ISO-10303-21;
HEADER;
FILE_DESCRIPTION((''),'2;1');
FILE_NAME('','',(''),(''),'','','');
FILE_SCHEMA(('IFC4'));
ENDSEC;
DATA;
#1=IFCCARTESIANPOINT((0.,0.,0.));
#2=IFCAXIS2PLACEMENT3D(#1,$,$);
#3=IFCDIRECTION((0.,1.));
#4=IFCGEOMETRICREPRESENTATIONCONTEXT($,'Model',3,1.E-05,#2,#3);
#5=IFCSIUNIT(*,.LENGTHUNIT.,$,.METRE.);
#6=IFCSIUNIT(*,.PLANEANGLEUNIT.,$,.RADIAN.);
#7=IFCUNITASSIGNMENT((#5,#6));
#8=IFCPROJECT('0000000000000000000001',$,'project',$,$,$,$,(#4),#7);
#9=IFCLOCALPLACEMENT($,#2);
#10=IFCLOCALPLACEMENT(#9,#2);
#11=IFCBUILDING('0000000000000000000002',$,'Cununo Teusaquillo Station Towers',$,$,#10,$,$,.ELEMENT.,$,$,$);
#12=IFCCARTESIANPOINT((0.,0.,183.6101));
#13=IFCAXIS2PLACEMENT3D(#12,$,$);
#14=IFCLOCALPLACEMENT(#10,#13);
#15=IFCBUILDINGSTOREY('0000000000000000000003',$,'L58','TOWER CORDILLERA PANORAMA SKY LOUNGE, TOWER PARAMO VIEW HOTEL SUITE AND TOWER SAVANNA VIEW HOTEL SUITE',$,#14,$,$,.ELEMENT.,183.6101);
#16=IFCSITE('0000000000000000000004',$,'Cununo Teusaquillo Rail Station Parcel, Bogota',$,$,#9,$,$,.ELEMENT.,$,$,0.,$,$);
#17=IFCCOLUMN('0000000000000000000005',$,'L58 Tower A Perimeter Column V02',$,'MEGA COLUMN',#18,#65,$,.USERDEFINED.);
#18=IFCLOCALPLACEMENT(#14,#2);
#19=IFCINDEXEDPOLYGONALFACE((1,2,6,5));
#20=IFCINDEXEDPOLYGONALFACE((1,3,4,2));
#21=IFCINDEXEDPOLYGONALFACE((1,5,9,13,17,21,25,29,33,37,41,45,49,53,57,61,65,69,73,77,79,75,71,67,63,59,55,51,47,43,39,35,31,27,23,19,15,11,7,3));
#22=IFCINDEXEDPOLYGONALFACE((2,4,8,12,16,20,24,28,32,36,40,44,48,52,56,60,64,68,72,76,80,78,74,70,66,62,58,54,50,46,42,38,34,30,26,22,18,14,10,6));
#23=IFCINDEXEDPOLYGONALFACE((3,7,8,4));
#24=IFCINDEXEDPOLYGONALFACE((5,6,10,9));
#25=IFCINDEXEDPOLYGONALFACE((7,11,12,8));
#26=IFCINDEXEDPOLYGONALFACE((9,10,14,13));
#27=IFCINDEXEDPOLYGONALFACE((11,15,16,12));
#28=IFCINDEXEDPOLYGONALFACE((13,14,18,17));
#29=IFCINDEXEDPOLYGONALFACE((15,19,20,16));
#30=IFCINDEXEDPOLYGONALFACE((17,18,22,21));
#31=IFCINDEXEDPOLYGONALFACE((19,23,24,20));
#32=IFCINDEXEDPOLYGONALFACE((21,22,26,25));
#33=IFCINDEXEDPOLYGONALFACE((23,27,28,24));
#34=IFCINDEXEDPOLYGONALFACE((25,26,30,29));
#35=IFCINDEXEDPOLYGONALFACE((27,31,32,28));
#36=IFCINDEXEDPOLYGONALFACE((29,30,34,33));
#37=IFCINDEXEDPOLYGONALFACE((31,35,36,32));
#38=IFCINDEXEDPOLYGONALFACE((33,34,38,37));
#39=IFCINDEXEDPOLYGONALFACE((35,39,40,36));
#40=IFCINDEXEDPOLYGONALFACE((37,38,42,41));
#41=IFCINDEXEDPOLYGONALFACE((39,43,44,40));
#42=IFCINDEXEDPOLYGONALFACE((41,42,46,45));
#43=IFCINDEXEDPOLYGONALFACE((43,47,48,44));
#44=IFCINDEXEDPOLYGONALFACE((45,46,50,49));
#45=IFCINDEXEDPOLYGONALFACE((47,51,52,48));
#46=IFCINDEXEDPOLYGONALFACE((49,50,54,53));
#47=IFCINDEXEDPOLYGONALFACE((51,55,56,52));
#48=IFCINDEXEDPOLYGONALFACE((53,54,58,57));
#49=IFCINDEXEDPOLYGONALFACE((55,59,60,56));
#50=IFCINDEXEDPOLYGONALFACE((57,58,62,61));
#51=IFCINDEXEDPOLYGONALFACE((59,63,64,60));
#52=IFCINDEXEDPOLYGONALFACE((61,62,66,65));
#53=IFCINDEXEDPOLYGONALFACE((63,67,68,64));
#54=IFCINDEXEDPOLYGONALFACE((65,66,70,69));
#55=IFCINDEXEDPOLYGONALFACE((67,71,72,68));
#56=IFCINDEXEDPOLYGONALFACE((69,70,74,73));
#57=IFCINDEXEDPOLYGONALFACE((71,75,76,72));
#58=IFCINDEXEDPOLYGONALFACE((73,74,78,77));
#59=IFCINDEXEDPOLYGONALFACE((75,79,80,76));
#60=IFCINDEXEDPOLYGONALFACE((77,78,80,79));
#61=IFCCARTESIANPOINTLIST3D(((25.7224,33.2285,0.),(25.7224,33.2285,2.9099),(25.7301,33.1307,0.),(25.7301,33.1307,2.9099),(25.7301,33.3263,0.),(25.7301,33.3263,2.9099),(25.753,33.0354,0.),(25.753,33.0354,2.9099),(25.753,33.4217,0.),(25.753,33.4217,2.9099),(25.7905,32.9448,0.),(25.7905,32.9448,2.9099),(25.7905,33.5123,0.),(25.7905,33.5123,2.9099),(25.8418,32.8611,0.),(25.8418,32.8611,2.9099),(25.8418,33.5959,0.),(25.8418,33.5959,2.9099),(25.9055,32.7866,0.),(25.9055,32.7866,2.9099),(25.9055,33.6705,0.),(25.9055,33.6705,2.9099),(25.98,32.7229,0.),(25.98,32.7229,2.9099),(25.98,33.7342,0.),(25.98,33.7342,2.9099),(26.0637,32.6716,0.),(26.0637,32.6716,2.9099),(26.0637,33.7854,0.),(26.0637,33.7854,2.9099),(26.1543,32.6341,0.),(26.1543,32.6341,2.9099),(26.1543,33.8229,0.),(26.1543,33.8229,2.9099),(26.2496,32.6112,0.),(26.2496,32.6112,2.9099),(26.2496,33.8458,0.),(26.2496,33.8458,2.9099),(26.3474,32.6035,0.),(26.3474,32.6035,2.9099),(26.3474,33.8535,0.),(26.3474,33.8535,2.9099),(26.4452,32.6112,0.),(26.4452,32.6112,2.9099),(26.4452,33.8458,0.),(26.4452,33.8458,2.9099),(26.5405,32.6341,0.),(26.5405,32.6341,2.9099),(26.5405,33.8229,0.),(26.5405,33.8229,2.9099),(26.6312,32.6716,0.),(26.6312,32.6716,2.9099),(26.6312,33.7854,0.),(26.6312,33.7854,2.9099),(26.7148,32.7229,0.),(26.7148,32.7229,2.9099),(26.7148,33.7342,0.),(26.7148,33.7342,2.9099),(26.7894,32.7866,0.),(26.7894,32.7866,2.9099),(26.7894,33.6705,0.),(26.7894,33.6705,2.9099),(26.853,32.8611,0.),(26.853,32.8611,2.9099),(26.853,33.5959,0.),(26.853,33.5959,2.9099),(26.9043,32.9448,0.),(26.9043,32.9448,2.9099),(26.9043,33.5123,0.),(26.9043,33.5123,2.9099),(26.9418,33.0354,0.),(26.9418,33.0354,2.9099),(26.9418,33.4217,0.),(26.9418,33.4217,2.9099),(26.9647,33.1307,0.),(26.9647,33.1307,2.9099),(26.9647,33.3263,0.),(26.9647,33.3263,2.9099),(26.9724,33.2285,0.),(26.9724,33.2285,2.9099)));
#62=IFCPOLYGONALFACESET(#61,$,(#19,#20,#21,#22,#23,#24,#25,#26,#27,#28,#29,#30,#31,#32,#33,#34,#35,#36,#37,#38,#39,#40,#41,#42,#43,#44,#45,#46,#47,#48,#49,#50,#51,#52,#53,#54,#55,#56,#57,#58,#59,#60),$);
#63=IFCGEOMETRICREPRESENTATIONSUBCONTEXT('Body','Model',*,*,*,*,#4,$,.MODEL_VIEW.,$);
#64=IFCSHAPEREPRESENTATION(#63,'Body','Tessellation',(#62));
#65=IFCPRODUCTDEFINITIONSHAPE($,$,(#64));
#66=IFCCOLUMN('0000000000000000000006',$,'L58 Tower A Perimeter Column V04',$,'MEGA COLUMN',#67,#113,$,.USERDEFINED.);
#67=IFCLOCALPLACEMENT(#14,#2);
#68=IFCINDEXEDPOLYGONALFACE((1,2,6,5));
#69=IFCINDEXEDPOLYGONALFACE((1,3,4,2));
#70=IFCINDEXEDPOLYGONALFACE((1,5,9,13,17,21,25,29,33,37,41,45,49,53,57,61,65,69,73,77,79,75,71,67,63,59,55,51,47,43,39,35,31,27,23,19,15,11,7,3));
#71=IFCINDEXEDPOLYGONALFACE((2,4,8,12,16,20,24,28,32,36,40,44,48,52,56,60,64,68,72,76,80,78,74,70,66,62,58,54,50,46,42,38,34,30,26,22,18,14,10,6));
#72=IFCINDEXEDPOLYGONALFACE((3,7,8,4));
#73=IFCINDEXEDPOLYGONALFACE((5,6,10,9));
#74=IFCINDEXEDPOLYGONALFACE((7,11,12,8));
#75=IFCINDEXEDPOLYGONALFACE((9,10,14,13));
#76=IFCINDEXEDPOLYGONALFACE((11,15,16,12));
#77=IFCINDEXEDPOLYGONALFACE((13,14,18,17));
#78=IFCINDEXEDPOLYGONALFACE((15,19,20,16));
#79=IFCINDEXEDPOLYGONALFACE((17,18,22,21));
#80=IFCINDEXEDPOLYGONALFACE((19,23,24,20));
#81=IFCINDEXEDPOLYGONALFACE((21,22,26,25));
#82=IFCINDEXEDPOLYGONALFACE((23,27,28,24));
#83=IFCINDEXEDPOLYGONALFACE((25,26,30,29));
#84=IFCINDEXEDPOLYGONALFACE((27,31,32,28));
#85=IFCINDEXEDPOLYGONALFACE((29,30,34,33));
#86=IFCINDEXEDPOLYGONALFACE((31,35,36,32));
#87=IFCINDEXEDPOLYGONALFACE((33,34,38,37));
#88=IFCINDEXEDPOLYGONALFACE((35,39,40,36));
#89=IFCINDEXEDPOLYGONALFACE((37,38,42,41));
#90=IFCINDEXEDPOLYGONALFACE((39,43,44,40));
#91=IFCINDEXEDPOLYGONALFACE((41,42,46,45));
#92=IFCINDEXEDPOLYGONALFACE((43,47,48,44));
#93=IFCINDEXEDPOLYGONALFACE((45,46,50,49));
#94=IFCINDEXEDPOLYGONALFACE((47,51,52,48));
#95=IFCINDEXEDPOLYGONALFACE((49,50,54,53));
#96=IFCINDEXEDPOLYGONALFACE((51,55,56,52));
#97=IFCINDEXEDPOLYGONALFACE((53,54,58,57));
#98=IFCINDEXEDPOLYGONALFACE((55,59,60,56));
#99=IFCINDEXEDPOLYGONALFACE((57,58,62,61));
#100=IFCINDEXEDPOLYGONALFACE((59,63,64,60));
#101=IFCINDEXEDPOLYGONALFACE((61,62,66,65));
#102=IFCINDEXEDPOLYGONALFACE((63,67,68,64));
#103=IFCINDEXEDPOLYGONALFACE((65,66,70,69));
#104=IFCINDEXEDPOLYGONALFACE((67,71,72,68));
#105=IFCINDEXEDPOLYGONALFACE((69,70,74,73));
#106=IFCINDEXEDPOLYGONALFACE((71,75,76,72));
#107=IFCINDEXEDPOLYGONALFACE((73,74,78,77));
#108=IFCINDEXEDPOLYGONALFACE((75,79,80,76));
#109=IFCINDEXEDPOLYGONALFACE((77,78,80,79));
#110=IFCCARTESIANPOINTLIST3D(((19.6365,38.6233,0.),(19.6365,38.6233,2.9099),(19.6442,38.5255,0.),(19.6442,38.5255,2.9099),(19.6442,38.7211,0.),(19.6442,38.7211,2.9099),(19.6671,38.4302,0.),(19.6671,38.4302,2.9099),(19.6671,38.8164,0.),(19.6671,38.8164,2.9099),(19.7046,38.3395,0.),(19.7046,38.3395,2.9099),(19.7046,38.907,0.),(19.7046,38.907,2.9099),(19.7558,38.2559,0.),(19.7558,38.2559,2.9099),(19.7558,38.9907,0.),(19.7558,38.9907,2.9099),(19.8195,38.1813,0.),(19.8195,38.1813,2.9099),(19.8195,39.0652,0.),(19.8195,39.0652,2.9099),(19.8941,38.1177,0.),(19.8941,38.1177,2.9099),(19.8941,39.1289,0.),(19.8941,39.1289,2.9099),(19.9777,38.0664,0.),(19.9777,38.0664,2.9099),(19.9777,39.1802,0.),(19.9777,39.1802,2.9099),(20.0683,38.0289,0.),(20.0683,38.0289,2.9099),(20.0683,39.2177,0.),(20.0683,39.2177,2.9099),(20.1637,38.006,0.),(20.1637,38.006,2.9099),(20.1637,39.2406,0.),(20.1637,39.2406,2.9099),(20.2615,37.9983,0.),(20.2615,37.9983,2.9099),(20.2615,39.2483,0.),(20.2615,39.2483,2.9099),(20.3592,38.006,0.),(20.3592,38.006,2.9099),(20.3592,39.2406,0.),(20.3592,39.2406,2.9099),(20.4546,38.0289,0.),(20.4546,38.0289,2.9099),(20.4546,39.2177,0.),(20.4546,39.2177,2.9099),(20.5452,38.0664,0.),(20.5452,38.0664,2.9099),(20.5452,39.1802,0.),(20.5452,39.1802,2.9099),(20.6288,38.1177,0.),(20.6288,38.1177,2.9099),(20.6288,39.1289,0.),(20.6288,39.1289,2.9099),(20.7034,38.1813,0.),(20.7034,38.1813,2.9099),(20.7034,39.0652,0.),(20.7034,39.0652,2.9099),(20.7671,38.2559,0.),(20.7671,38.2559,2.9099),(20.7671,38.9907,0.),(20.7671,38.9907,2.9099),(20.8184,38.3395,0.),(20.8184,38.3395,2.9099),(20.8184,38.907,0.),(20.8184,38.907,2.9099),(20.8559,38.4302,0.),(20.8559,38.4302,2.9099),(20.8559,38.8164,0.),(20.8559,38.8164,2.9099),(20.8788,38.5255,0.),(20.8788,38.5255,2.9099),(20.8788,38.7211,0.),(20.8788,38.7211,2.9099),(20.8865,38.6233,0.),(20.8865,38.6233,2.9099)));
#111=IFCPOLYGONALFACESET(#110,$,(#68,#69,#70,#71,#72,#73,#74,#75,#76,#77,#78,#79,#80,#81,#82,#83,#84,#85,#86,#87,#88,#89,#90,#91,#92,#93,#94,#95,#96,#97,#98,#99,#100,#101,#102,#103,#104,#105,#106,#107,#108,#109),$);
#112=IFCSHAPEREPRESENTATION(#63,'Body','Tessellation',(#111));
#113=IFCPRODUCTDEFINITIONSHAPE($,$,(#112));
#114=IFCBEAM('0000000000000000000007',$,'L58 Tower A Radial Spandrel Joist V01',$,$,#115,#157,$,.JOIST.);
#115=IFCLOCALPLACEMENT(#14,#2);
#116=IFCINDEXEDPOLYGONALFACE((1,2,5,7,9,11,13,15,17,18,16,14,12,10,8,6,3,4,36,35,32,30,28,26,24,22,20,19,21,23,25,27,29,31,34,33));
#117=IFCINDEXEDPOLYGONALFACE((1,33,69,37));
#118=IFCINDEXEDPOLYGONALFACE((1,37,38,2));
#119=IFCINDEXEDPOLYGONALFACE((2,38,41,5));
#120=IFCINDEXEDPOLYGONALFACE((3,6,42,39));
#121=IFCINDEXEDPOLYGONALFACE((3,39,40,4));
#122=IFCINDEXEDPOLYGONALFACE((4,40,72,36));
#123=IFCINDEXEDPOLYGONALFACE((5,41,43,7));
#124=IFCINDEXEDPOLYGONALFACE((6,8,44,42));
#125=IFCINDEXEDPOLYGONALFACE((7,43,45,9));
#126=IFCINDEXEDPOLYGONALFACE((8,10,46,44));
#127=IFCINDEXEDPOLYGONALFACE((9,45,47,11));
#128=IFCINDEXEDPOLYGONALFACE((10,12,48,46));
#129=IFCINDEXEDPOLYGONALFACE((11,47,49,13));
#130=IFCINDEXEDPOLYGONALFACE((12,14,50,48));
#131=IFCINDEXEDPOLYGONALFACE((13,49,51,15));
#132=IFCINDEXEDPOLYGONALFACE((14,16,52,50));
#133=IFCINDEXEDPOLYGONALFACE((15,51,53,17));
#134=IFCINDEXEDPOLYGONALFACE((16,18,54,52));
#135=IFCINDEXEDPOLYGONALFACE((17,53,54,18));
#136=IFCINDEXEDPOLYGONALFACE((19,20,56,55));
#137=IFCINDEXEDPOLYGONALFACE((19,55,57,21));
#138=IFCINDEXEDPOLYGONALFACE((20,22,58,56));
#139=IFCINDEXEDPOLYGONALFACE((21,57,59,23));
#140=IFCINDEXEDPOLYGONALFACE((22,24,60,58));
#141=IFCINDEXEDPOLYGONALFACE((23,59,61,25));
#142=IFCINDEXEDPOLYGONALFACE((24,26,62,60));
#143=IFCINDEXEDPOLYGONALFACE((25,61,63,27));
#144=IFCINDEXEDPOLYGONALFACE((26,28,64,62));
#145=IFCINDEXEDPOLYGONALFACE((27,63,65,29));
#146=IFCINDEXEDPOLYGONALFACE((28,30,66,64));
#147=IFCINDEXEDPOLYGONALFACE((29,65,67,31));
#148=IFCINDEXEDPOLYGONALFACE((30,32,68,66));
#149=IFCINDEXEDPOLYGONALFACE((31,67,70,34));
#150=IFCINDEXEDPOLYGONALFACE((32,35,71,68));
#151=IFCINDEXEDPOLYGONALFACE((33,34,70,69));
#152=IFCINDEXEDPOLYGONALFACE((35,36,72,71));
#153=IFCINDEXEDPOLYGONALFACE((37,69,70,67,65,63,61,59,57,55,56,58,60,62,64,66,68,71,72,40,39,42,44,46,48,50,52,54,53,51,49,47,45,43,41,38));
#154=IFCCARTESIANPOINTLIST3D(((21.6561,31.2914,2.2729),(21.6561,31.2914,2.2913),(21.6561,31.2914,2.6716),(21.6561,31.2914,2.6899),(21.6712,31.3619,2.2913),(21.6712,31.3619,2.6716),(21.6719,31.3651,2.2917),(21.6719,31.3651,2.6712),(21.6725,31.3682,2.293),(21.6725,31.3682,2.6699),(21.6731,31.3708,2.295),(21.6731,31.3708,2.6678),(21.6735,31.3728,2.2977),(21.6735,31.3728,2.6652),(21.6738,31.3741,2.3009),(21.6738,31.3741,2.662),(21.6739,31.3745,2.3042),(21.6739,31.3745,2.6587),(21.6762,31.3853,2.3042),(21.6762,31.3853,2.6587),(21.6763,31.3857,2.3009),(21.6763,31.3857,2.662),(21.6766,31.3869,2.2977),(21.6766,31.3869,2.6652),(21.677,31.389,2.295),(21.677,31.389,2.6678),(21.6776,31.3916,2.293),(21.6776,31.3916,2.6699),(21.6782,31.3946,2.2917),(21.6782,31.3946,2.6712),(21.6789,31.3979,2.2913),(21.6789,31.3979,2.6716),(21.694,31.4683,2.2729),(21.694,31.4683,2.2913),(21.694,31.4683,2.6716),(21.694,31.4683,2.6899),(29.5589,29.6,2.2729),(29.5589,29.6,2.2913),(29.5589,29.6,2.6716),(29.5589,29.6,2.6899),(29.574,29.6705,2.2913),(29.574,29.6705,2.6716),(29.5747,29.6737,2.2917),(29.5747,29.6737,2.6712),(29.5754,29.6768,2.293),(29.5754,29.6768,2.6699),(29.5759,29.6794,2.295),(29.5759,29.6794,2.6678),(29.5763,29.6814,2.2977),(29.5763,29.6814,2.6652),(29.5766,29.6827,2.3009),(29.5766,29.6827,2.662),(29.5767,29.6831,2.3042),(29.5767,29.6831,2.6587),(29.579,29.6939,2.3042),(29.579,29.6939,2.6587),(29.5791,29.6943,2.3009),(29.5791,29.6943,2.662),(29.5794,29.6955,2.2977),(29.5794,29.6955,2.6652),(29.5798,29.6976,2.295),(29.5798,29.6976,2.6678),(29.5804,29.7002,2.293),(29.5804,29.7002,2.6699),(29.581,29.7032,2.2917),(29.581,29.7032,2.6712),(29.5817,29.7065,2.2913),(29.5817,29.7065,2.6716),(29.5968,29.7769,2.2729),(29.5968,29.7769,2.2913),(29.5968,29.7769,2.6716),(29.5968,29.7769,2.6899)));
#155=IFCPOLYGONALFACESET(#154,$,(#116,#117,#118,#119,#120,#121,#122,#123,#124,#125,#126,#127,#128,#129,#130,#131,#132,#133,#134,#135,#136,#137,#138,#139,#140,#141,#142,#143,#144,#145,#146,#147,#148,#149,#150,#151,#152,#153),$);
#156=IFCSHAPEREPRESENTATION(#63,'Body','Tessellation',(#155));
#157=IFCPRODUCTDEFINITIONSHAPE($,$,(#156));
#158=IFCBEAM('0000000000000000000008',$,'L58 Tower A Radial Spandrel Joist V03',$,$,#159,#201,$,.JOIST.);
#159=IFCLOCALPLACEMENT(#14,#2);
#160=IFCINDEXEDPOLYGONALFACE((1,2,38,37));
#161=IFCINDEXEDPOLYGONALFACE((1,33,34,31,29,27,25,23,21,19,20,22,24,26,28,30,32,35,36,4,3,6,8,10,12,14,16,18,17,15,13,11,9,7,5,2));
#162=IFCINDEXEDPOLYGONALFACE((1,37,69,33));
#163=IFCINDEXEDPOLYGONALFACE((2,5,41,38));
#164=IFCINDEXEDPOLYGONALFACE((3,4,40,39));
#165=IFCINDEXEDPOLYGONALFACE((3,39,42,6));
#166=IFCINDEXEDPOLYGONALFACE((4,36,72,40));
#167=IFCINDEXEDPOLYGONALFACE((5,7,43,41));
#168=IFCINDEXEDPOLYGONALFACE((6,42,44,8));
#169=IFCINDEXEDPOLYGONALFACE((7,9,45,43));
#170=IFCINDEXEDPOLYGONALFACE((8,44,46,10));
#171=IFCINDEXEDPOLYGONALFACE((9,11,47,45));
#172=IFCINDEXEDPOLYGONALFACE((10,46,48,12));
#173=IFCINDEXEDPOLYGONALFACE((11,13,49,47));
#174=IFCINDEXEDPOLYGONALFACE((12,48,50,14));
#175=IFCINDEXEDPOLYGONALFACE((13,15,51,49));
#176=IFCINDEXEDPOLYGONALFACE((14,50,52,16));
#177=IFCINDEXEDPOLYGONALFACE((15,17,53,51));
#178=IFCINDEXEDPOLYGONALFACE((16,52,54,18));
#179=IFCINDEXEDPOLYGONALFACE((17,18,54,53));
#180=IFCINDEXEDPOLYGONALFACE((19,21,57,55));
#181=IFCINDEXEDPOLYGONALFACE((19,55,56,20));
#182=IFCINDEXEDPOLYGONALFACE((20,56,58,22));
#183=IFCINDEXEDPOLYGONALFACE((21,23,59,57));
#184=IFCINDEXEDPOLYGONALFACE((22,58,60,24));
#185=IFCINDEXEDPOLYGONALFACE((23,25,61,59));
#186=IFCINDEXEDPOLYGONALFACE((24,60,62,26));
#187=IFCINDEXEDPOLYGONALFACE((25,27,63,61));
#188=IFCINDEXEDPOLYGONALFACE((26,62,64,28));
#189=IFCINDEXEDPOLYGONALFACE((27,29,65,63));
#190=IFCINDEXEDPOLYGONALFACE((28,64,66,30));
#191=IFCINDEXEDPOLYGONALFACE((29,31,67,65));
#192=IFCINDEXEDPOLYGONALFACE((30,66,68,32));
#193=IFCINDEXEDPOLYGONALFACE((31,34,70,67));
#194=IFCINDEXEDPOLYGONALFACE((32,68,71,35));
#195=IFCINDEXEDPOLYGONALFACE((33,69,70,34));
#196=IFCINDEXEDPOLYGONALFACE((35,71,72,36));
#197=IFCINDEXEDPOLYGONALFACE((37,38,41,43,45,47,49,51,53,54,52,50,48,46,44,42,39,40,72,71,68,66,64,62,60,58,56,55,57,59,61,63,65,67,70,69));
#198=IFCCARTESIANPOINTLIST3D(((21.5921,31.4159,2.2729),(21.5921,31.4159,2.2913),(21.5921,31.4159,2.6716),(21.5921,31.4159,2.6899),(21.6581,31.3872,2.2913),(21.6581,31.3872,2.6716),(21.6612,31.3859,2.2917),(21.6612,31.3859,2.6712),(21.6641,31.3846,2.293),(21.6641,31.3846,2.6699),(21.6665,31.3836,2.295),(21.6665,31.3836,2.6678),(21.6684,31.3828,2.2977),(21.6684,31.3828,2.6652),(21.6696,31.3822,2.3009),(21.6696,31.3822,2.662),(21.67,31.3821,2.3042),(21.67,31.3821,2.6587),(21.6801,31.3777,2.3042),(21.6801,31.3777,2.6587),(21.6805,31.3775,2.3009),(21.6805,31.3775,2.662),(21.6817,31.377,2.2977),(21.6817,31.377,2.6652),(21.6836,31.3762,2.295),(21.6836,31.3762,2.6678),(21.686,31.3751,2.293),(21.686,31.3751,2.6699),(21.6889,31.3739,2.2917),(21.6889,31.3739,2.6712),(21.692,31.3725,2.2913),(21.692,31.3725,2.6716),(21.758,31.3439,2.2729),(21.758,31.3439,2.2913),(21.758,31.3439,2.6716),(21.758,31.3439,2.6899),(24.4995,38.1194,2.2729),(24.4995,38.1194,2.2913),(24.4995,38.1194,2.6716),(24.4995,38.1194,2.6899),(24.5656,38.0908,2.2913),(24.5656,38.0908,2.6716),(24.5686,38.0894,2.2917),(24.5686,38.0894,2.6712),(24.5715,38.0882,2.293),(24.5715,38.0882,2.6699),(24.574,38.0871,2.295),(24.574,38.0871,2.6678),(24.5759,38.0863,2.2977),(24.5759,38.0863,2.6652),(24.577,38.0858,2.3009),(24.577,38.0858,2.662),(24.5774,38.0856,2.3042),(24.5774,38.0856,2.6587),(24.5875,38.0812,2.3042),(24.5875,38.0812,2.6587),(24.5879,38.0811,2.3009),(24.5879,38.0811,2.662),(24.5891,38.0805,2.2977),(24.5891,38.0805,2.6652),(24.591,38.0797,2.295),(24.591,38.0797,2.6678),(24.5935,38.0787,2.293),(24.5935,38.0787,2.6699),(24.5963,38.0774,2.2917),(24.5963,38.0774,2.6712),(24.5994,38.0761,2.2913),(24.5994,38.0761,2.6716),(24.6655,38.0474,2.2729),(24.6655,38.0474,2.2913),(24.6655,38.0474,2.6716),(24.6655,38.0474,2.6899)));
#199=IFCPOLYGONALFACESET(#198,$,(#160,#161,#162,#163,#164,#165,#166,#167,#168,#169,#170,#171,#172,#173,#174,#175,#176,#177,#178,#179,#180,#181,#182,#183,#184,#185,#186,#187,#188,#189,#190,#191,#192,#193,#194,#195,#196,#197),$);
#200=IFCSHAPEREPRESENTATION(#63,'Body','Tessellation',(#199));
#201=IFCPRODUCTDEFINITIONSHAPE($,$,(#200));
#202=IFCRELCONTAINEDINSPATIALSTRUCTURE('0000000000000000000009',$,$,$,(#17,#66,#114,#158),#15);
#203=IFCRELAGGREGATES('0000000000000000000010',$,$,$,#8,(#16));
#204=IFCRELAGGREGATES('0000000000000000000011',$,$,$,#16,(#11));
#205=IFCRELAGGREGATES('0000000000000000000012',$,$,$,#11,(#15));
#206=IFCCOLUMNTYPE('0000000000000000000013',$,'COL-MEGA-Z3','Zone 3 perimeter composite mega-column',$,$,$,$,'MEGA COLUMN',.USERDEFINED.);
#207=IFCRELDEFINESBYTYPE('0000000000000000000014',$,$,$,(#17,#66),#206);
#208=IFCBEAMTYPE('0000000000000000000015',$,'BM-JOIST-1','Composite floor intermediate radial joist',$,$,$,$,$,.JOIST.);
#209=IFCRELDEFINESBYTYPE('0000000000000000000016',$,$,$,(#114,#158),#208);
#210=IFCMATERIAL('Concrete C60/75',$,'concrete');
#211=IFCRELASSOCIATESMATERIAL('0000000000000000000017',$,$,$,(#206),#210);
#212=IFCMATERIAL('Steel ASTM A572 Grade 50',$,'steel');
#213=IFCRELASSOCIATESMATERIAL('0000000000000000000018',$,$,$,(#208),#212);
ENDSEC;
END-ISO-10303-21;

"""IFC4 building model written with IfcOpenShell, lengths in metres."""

from ifc_helpers import new_model, si_unit, direction, frame, origin, origin_2d, place, context, subcontext, project, spatial, circle, i_section, extrude, material, material_profile, profile_set, type_object, element, save


model = new_model("IFC4")

# Units and contexts
model_context = context("Model", 3, precision=1e-05, world=origin(), true_north=direction((0.0, 1.0)))
body_context = subcontext(model_context, "Body", "Model", "MODEL_VIEW")
ifc_project = project(units=[si_unit("LENGTHUNIT", "METRE"), si_unit("PLANEANGLEUNIT", "RADIAN")], contexts=[model_context])

# Site, building, storey
site_placement = place(None, origin())
site = spatial("IfcSite", under=ifc_project, at=site_placement, Name="Cununo Teusaquillo Rail Station Parcel, Bogota", CompositionType="ELEMENT", RefElevation=0.0)
building_placement = place(site_placement, origin())
building = spatial("IfcBuilding", under=site, at=building_placement, Name="Cununo Teusaquillo Station Towers", CompositionType="ELEMENT")
storey_placement = place(building_placement, frame((0.0, 0.0, 183.6101)))
storey = spatial("IfcBuildingStorey", under=building, at=storey_placement, Name="L58", Description="TOWER CORDILLERA PANORAMA SKY LOUNGE, TOWER PARAMO VIEW HOTEL SUITE AND TOWER SAVANNA VIEW HOTEL SUITE", CompositionType="ELEMENT", Elevation=183.6101)

# Columns
ifc_material_1 = material(Name="Concrete C60/75", Category="concrete")
ifc_material_profile_1 = material_profile(ifc_material_1, circle(Radius=0.625, at=origin_2d()), Name="RC-CIRC-1250")
ifc_profile_set_1 = profile_set([ifc_material_profile_1], Name="Concrete C60/75")
column_type = type_object("IfcColumnType", Name="COL-MEGA-Z3", Description="Zone 3 perimeter composite mega-column", ElementType="MEGA COLUMN", PredefinedType="USERDEFINED", material=ifc_profile_set_1)
for number, where, z_axis, x_axis, name in (
    (1, (26.3474, 33.2285, 0.0), (0.0, 0.0, 1.0), (1.0, 0.0, 0.0), "L58 Tower A Perimeter Column V02"),
    (2, (20.2615, 38.6233, 0.0), (0.0, 0.0, 1.0), (1.0, 0.0, 0.0), "L58 Tower A Perimeter Column V04"),
):
    element("IfcColumn", number, at=place(storey_placement, frame(where, z_axis=z_axis, x_axis=x_axis)), inside=storey, type_object=column_type, Name=name, ObjectType="MEGA COLUMN", PredefinedType="USERDEFINED", context=body_context, shape_type="SweptSolid", body=[
        extrude(circle(Radius=0.625, at=origin_2d()), origin(), (0.0, 0.0, 1.0), 2.9099),
    ])

# Beams
ifc_material_2 = material(Name="Steel ASTM A572 Grade 50", Category="steel")
ifc_material_profile_2 = material_profile(ifc_material_2, i_section(OverallWidth=0.1809, OverallDepth=0.417, WebThickness=0.011, FlangeThickness=0.0183, FilletRadius=0.0129, at=origin_2d()), Name="W16X57")
ifc_profile_set_2 = profile_set([ifc_material_profile_2], Name="Steel ASTM A572 Grade 50")
beam_type_1 = type_object("IfcBeamType", Name="BM-JOIST-1", Description="Composite floor intermediate radial joist", PredefinedType="JOIST", material=ifc_profile_set_2)
beam_1_placement = place(storey_placement, frame((21.675, 31.3799, 2.4814), z_axis=(0.977855, -0.209286, 0.0), x_axis=(0.209286, 0.977855, 0.0)))
element("IfcBeam", 3, at=beam_1_placement, inside=storey, type_object=beam_type_1, Name="L58 Tower A Radial Spandrel Joist V01", PredefinedType="JOIST", context=body_context, shape_type="SweptSolid", body=[
    extrude(i_section(OverallWidth=0.1809, OverallDepth=0.417, WebThickness=0.011, FlangeThickness=0.0183, FilletRadius=0.0129, at=origin_2d()), origin(), (0.0, 0.0, 1.0), 8.0818),
])
beam_2_placement = place(storey_placement, frame((21.675, 31.3799, 2.4814), z_axis=(0.397904, 0.917427, 0.0), x_axis=(-0.917427, 0.397904, 0.0)))
element("IfcBeam", 4, at=beam_2_placement, inside=storey, type_object=beam_type_1, Name="L58 Tower A Radial Spandrel Joist V03", PredefinedType="JOIST", context=body_context, shape_type="SweptSolid", body=[
    extrude(i_section(OverallWidth=0.1809, OverallDepth=0.417, WebThickness=0.011, FlangeThickness=0.0183, FilletRadius=0.0129, at=origin_2d()), origin(), (0.0, 0.0, 1.0), 7.3069),
])

save(model, "model.ifc")
